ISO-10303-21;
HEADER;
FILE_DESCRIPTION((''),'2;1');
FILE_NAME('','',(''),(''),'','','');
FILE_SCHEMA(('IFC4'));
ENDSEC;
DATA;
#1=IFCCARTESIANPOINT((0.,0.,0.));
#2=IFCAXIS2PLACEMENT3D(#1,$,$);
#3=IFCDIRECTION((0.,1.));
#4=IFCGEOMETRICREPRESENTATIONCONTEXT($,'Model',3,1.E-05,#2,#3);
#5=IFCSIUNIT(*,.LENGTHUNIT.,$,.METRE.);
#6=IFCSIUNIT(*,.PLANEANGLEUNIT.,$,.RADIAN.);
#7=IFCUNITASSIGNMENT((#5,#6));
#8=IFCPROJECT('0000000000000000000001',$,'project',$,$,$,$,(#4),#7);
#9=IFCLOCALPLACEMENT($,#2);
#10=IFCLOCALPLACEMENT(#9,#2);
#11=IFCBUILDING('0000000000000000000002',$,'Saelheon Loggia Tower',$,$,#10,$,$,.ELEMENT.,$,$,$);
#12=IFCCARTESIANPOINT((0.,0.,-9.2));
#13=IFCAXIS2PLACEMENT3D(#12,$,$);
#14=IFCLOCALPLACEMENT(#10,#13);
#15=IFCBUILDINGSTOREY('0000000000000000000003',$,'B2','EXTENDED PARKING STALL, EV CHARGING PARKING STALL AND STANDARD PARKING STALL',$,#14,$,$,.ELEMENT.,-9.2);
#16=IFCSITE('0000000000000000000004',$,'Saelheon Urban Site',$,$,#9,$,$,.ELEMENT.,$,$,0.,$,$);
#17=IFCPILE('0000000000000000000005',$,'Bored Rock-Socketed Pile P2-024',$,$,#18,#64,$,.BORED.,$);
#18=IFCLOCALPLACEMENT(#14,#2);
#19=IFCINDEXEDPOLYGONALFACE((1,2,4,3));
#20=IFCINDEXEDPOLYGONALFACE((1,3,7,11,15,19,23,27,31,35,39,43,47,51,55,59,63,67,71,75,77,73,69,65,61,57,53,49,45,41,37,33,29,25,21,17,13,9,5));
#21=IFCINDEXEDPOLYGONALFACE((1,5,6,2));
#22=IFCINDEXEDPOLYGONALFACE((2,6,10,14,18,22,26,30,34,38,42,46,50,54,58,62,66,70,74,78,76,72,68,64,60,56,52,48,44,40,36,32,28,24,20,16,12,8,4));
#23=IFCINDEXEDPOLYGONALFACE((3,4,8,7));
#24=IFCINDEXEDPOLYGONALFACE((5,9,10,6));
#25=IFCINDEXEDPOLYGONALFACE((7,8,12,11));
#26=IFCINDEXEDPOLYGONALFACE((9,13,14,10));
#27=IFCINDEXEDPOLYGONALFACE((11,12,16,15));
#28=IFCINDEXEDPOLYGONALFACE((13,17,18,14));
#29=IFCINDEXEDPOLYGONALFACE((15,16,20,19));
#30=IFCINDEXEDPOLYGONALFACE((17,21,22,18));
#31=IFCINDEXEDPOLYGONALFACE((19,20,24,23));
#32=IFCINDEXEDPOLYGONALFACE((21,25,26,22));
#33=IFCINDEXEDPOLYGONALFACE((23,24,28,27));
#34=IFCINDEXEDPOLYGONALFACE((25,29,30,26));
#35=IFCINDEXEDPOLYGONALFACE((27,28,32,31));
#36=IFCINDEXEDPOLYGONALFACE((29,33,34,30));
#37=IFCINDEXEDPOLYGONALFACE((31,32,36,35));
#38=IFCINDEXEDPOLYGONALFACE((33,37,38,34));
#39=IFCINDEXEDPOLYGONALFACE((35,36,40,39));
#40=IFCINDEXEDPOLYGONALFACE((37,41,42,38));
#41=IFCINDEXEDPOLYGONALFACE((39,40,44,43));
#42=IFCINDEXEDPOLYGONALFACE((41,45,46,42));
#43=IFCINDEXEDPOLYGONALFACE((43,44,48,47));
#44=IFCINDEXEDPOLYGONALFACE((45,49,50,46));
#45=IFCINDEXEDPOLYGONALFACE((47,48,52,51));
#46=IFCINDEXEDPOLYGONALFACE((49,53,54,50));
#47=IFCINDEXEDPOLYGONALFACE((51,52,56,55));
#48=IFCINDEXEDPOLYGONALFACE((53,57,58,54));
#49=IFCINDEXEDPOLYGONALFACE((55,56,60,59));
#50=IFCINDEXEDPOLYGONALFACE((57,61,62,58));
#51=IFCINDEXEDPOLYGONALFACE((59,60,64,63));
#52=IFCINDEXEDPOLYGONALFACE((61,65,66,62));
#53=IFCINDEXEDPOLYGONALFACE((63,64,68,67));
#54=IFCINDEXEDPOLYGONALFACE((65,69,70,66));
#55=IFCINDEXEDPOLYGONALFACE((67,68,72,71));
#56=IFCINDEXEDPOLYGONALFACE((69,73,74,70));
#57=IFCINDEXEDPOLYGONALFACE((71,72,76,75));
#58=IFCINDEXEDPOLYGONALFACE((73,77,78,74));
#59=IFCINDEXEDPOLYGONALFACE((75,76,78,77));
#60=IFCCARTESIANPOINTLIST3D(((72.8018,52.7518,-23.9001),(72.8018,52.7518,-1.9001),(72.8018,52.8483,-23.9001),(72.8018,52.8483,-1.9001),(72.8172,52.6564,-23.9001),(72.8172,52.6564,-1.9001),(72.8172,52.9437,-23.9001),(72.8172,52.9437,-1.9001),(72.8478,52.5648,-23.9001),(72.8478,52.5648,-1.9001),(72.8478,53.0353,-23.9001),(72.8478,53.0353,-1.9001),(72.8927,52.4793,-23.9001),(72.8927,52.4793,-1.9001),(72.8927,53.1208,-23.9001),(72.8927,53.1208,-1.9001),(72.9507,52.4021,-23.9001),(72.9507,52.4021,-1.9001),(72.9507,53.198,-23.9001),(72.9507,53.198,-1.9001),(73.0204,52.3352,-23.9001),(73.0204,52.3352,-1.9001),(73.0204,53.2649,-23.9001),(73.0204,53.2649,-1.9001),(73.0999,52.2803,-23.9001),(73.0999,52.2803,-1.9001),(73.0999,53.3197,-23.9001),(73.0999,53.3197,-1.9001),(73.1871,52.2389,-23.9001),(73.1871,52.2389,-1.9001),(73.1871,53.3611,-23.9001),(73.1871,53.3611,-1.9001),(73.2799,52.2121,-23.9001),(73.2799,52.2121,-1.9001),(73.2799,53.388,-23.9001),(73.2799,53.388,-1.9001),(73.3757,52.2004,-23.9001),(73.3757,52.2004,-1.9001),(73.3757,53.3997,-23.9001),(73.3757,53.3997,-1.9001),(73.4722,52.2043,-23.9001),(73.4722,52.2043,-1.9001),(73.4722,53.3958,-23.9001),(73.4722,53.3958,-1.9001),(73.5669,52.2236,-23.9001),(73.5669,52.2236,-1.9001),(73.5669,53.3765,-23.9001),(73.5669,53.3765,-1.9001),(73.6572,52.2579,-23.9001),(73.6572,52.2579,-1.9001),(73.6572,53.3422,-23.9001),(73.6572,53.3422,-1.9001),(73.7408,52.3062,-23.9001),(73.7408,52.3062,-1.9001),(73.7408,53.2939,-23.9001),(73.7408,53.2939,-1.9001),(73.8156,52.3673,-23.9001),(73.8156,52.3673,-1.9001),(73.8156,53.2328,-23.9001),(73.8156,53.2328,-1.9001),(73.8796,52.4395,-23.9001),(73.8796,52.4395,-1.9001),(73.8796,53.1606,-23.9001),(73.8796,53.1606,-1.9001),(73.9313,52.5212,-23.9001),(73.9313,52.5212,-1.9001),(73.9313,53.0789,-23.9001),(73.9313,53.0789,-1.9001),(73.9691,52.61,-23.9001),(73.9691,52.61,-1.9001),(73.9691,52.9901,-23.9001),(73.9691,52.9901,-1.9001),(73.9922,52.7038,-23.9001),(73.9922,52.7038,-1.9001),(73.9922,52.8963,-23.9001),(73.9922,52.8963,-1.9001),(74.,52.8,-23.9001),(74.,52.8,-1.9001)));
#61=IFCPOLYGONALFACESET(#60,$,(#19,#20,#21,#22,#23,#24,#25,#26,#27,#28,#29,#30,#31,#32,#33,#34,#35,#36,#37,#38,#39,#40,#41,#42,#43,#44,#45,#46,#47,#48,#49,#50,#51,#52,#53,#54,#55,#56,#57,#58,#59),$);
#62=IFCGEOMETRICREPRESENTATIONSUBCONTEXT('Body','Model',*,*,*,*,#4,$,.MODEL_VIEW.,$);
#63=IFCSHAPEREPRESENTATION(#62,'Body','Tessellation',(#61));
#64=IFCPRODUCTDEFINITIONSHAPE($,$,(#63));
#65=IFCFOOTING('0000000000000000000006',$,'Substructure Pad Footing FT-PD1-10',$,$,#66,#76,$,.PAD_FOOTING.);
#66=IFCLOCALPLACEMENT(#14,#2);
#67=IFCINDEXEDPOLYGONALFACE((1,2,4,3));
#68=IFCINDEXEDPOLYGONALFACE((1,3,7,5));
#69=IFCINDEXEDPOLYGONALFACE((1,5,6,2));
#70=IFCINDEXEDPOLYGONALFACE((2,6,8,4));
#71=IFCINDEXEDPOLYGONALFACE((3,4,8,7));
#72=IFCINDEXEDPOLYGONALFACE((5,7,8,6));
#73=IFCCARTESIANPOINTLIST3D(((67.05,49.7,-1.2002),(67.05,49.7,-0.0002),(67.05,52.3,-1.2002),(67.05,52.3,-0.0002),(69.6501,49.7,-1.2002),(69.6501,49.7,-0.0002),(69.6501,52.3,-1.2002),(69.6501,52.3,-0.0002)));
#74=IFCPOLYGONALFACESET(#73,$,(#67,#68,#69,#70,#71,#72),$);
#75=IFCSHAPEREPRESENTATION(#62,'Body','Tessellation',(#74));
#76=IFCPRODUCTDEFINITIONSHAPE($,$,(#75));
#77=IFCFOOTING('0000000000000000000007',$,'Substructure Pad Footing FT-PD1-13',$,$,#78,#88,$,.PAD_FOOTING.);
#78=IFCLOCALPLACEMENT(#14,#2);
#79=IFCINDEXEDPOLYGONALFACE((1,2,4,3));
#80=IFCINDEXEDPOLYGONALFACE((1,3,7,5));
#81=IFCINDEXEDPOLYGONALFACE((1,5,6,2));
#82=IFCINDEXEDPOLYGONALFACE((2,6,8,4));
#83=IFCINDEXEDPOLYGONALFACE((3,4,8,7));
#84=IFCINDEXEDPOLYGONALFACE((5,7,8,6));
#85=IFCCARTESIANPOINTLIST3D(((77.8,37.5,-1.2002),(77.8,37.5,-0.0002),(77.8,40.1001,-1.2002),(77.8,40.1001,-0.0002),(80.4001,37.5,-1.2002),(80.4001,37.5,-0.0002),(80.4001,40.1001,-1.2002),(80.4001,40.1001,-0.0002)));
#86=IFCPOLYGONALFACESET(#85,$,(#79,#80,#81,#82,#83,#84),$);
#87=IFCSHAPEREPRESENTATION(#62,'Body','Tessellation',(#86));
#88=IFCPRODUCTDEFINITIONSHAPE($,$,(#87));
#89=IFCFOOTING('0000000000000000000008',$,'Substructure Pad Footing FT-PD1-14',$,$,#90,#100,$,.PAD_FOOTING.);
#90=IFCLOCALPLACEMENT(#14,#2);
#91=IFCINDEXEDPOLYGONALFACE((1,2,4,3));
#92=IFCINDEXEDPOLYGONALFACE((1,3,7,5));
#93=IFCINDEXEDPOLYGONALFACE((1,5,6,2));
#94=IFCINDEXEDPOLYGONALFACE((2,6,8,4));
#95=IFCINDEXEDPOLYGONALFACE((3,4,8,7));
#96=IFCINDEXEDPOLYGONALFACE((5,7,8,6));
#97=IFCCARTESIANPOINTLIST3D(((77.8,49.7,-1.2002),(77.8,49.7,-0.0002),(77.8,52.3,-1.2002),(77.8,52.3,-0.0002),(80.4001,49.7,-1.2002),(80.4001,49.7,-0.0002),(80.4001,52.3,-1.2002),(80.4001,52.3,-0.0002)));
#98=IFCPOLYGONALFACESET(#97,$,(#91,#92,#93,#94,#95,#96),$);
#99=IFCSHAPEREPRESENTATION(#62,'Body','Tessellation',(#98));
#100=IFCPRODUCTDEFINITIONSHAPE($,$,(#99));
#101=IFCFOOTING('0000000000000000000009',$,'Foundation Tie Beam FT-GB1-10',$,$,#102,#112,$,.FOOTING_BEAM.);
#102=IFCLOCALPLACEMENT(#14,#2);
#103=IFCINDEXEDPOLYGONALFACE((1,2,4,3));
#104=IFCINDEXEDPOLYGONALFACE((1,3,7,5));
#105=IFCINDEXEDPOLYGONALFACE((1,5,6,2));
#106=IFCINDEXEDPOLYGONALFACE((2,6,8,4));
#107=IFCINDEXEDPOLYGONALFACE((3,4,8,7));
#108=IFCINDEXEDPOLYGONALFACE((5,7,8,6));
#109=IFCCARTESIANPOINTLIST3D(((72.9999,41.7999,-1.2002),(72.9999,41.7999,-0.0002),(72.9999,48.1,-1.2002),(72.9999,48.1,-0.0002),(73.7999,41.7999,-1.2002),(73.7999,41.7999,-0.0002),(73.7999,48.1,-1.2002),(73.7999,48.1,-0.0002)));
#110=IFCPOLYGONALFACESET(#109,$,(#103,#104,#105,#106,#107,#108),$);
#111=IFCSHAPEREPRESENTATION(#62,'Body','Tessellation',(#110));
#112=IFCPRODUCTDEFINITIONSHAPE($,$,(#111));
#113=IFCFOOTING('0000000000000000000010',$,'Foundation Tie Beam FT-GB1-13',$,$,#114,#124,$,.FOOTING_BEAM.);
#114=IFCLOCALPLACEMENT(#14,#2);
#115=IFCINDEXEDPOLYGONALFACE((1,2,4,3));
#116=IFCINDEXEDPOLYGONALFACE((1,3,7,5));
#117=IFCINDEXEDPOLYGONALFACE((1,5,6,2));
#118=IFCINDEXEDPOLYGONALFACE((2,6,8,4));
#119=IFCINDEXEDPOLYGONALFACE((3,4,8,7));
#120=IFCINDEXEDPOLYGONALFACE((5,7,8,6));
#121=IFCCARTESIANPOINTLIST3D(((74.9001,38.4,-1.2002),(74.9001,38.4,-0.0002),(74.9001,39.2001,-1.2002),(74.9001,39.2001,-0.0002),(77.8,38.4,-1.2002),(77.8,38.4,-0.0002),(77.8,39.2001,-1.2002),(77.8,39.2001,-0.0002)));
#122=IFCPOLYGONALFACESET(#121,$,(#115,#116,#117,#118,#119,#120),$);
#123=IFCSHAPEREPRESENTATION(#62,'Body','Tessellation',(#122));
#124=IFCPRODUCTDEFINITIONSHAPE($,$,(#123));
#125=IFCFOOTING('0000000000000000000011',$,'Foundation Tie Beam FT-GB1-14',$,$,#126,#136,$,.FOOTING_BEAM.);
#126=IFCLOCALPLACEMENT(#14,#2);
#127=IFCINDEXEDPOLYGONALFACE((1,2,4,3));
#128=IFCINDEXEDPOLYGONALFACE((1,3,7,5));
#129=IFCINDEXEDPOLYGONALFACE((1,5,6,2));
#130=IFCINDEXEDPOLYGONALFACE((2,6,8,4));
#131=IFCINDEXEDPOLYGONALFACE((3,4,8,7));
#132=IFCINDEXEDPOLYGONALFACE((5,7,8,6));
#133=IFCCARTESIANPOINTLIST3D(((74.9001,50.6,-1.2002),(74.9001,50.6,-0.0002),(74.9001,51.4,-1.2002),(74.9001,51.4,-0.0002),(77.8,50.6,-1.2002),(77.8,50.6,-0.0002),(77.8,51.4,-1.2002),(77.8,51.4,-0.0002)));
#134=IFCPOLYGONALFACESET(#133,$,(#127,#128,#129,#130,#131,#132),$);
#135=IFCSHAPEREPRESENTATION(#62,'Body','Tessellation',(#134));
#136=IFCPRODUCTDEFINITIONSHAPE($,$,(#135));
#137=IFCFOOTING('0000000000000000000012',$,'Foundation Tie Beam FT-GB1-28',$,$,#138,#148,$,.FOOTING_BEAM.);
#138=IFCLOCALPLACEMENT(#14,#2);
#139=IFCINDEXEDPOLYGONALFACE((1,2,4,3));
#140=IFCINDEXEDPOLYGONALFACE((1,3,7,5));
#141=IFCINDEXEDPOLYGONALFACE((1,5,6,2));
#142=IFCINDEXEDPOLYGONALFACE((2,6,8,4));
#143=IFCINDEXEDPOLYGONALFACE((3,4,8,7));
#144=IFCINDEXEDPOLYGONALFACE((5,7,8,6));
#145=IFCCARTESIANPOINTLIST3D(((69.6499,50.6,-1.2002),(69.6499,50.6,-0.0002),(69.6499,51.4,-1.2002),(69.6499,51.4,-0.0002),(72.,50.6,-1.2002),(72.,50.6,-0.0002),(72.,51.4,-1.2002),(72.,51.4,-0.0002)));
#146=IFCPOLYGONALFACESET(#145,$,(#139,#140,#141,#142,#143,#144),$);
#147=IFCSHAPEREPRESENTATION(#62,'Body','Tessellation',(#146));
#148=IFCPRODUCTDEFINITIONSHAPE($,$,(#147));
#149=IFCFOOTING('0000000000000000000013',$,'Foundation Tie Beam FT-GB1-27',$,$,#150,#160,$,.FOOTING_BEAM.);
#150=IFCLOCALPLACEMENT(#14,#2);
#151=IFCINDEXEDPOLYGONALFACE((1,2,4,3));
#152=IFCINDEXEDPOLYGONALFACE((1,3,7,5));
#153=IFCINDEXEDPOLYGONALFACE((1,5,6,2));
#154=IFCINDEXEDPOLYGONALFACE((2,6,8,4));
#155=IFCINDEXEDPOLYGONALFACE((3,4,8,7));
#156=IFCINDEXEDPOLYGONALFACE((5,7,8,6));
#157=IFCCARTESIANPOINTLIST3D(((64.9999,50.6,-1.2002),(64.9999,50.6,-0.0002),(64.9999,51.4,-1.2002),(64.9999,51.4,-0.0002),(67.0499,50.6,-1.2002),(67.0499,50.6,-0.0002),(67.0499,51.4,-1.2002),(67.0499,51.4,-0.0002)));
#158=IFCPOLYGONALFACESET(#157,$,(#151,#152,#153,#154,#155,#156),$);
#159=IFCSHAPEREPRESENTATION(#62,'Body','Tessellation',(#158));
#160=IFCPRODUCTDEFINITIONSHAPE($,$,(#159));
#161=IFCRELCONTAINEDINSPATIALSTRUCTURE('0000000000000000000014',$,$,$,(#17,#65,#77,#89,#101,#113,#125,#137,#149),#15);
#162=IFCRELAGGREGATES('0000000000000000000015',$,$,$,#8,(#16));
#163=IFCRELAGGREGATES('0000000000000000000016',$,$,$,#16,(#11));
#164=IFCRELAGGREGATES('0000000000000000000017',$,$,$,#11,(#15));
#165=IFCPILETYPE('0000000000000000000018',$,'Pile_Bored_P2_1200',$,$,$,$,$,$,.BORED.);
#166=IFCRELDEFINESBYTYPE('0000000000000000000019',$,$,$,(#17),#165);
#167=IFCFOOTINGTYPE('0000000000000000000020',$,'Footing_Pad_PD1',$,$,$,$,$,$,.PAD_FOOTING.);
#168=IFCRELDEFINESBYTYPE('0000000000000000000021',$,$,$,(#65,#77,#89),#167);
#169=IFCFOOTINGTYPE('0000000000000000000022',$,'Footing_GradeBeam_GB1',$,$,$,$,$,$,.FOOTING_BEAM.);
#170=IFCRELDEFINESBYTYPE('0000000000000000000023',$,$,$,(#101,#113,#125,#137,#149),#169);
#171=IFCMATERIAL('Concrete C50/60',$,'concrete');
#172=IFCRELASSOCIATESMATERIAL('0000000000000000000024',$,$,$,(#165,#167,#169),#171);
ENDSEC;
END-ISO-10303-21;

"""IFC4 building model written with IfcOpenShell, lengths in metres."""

from ifc_helpers import new_model, si_unit, direction, frame, origin, origin_2d, place, context, subcontext, project, spatial, rectangle, circle, extrude, source, transform, mapped, material, material_profile, profile_set, type_object, element, save


model = new_model("IFC4")

# Units and contexts
model_context = context("Model", 3, precision=1e-05, world=origin(), true_north=direction((0.0, 1.0)))
body_context = subcontext(model_context, "Body", "Model", "MODEL_VIEW")
ifc_project = project(units=[si_unit("LENGTHUNIT", "METRE"), si_unit("PLANEANGLEUNIT", "RADIAN")], contexts=[model_context])

# Site, building, storey
site_placement = place(None, origin())
site = spatial("IfcSite", under=ifc_project, at=site_placement, Name="Saelheon Urban Site", CompositionType="ELEMENT", RefElevation=0.0)
building_placement = place(site_placement, origin())
building = spatial("IfcBuilding", under=site, at=building_placement, Name="Saelheon Loggia Tower", CompositionType="ELEMENT")
storey_placement = place(building_placement, frame((0.0, 0.0, -9.2)))
storey = spatial("IfcBuildingStorey", under=building, at=storey_placement, Name="B2", Description="EXTENDED PARKING STALL, EV CHARGING PARKING STALL AND STANDARD PARKING STALL", CompositionType="ELEMENT", Elevation=-9.2)

# Shared definitions
ifc_material_1 = material(Name="Concrete C50/60", Category="concrete")

# Pile
ifc_material_profile_1 = material_profile(ifc_material_1, circle(Radius=0.6001, at=origin_2d()), Name="CIRC-1200")
ifc_profile_set_1 = profile_set([ifc_material_profile_1], Name="Concrete C50/60")
pile_type_1 = type_object("IfcPileType", Name="Pile_Bored_P2_1200", PredefinedType="BORED", material=ifc_profile_set_1)
shared_shape_1 = source(origin(), body_context, "Body", "SweptSolid", [
    extrude(circle(Radius=0.6001, at=origin_2d()), origin(), (0.0, 0.0, 1.0), 22.0),
])
for number, where, z_axis, x_axis, name in (
    (1, (73.3999, 52.8, -1.9001), (0.0, 0.0, -1.0), (1.0, 0.0, 0.0), "Bored Rock-Socketed Pile P2-024"),
):
    element("IfcPile", number, at=place(storey_placement, frame(where, z_axis=z_axis, x_axis=x_axis)), inside=storey, type_object=pile_type_1, Name=name, PredefinedType="BORED", context=body_context, shape_type="MappedRepresentation", body=[
        mapped(shared_shape_1, transform((0.0, 0.0, 0.0), scale=1.0)),
    ])

# Footings
footing_type_1 = type_object("IfcFootingType", Name="Footing_Pad_PD1", PredefinedType="PAD_FOOTING", material=ifc_material_1)
shared_shape_2 = source(origin(), body_context, "Body", "SweptSolid", [
    extrude(rectangle(XDim=2.6001, YDim=2.6001, at=origin_2d()), origin(), (0.0, 0.0, 1.0), 1.2),
])
for number, where, z_axis, x_axis, name in (
    (2, (68.3501, 51.0, -1.2002), (0.0, 0.0, 1.0), (1.0, 0.0, 0.0), "Substructure Pad Footing FT-PD1-10"),
    (3, (79.1001, 38.8, -1.2002), (0.0, 0.0, 1.0), (1.0, 0.0, 0.0), "Substructure Pad Footing FT-PD1-13"),
    (4, (79.1001, 51.0, -1.2002), (0.0, 0.0, 1.0), (1.0, 0.0, 0.0), "Substructure Pad Footing FT-PD1-14"),
):
    element("IfcFooting", number, at=place(storey_placement, frame(where, z_axis=z_axis, x_axis=x_axis)), inside=storey, type_object=footing_type_1, Name=name, PredefinedType="PAD_FOOTING", context=body_context, shape_type="MappedRepresentation", body=[
        mapped(shared_shape_2, transform((0.0, 0.0, 0.0), scale=1.0)),
    ])
footing_type_2 = type_object("IfcFootingType", Name="Footing_GradeBeam_GB1", PredefinedType="FOOTING_BEAM", material=ifc_material_1)
shared_shape_3 = source(origin(), body_context, "Body", "SweptSolid", [
    extrude(rectangle(XDim=0.8, YDim=6.3, at=origin_2d()), origin(), (0.0, 0.0, 1.0), 1.2),
])
footing_1_placement = place(storey_placement, frame((73.3999, 44.95, -1.2002), z_axis=(0.0, 0.0, 1.0), x_axis=(1.0, 0.0, 0.0)))
element("IfcFooting", 5, at=footing_1_placement, inside=storey, type_object=footing_type_2, Name="Foundation Tie Beam FT-GB1-10", PredefinedType="FOOTING_BEAM", context=body_context, shape_type="MappedRepresentation", body=[
    mapped(shared_shape_3, transform((0.0, 0.0, 0.0), scale=1.0)),
])
shared_shape_4 = source(origin(), body_context, "Body", "SweptSolid", [
    extrude(rectangle(XDim=2.8999, YDim=0.8, at=origin_2d()), origin(), (0.0, 0.0, 1.0), 1.2),
])
for number, where, z_axis, x_axis, name in (
    (6, (76.3501, 38.8, -1.2002), (0.0, 0.0, 1.0), (1.0, 0.0, 0.0), "Foundation Tie Beam FT-GB1-13"),
    (7, (76.3501, 51.0, -1.2002), (0.0, 0.0, 1.0), (1.0, 0.0, 0.0), "Foundation Tie Beam FT-GB1-14"),
):
    element("IfcFooting", number, at=place(storey_placement, frame(where, z_axis=z_axis, x_axis=x_axis)), inside=storey, type_object=footing_type_2, Name=name, PredefinedType="FOOTING_BEAM", context=body_context, shape_type="MappedRepresentation", body=[
        mapped(shared_shape_4, transform((0.0, 0.0, 0.0), scale=1.0)),
    ])
shared_shape_5 = source(origin(), body_context, "Body", "SweptSolid", [
    extrude(rectangle(XDim=2.3501, YDim=0.8, at=origin_2d()), origin(), (0.0, 0.0, 1.0), 1.2),
])
footing_2_placement = place(storey_placement, frame((70.825, 51.0, -1.2002), z_axis=(0.0, 0.0, 1.0), x_axis=(1.0, 0.0, 0.0)))
element("IfcFooting", 8, at=footing_2_placement, inside=storey, type_object=footing_type_2, Name="Foundation Tie Beam FT-GB1-28", PredefinedType="FOOTING_BEAM", context=body_context, shape_type="MappedRepresentation", body=[
    mapped(shared_shape_5, transform((0.0, 0.0, 0.0), scale=1.0)),
])
shared_shape_6 = source(origin(), body_context, "Body", "SweptSolid", [
    extrude(rectangle(XDim=2.05, YDim=0.8, at=origin_2d()), origin(), (0.0, 0.0, 1.0), 1.2),
])
footing_3_placement = place(storey_placement, frame((66.0249, 51.0, -1.2002), z_axis=(0.0, 0.0, 1.0), x_axis=(1.0, 0.0, 0.0)))
element("IfcFooting", 9, at=footing_3_placement, inside=storey, type_object=footing_type_2, Name="Foundation Tie Beam FT-GB1-27", PredefinedType="FOOTING_BEAM", context=body_context, shape_type="MappedRepresentation", body=[
    mapped(shared_shape_6, transform((0.0, 0.0, 0.0), scale=1.0)),
])

save(model, "model.ifc")
